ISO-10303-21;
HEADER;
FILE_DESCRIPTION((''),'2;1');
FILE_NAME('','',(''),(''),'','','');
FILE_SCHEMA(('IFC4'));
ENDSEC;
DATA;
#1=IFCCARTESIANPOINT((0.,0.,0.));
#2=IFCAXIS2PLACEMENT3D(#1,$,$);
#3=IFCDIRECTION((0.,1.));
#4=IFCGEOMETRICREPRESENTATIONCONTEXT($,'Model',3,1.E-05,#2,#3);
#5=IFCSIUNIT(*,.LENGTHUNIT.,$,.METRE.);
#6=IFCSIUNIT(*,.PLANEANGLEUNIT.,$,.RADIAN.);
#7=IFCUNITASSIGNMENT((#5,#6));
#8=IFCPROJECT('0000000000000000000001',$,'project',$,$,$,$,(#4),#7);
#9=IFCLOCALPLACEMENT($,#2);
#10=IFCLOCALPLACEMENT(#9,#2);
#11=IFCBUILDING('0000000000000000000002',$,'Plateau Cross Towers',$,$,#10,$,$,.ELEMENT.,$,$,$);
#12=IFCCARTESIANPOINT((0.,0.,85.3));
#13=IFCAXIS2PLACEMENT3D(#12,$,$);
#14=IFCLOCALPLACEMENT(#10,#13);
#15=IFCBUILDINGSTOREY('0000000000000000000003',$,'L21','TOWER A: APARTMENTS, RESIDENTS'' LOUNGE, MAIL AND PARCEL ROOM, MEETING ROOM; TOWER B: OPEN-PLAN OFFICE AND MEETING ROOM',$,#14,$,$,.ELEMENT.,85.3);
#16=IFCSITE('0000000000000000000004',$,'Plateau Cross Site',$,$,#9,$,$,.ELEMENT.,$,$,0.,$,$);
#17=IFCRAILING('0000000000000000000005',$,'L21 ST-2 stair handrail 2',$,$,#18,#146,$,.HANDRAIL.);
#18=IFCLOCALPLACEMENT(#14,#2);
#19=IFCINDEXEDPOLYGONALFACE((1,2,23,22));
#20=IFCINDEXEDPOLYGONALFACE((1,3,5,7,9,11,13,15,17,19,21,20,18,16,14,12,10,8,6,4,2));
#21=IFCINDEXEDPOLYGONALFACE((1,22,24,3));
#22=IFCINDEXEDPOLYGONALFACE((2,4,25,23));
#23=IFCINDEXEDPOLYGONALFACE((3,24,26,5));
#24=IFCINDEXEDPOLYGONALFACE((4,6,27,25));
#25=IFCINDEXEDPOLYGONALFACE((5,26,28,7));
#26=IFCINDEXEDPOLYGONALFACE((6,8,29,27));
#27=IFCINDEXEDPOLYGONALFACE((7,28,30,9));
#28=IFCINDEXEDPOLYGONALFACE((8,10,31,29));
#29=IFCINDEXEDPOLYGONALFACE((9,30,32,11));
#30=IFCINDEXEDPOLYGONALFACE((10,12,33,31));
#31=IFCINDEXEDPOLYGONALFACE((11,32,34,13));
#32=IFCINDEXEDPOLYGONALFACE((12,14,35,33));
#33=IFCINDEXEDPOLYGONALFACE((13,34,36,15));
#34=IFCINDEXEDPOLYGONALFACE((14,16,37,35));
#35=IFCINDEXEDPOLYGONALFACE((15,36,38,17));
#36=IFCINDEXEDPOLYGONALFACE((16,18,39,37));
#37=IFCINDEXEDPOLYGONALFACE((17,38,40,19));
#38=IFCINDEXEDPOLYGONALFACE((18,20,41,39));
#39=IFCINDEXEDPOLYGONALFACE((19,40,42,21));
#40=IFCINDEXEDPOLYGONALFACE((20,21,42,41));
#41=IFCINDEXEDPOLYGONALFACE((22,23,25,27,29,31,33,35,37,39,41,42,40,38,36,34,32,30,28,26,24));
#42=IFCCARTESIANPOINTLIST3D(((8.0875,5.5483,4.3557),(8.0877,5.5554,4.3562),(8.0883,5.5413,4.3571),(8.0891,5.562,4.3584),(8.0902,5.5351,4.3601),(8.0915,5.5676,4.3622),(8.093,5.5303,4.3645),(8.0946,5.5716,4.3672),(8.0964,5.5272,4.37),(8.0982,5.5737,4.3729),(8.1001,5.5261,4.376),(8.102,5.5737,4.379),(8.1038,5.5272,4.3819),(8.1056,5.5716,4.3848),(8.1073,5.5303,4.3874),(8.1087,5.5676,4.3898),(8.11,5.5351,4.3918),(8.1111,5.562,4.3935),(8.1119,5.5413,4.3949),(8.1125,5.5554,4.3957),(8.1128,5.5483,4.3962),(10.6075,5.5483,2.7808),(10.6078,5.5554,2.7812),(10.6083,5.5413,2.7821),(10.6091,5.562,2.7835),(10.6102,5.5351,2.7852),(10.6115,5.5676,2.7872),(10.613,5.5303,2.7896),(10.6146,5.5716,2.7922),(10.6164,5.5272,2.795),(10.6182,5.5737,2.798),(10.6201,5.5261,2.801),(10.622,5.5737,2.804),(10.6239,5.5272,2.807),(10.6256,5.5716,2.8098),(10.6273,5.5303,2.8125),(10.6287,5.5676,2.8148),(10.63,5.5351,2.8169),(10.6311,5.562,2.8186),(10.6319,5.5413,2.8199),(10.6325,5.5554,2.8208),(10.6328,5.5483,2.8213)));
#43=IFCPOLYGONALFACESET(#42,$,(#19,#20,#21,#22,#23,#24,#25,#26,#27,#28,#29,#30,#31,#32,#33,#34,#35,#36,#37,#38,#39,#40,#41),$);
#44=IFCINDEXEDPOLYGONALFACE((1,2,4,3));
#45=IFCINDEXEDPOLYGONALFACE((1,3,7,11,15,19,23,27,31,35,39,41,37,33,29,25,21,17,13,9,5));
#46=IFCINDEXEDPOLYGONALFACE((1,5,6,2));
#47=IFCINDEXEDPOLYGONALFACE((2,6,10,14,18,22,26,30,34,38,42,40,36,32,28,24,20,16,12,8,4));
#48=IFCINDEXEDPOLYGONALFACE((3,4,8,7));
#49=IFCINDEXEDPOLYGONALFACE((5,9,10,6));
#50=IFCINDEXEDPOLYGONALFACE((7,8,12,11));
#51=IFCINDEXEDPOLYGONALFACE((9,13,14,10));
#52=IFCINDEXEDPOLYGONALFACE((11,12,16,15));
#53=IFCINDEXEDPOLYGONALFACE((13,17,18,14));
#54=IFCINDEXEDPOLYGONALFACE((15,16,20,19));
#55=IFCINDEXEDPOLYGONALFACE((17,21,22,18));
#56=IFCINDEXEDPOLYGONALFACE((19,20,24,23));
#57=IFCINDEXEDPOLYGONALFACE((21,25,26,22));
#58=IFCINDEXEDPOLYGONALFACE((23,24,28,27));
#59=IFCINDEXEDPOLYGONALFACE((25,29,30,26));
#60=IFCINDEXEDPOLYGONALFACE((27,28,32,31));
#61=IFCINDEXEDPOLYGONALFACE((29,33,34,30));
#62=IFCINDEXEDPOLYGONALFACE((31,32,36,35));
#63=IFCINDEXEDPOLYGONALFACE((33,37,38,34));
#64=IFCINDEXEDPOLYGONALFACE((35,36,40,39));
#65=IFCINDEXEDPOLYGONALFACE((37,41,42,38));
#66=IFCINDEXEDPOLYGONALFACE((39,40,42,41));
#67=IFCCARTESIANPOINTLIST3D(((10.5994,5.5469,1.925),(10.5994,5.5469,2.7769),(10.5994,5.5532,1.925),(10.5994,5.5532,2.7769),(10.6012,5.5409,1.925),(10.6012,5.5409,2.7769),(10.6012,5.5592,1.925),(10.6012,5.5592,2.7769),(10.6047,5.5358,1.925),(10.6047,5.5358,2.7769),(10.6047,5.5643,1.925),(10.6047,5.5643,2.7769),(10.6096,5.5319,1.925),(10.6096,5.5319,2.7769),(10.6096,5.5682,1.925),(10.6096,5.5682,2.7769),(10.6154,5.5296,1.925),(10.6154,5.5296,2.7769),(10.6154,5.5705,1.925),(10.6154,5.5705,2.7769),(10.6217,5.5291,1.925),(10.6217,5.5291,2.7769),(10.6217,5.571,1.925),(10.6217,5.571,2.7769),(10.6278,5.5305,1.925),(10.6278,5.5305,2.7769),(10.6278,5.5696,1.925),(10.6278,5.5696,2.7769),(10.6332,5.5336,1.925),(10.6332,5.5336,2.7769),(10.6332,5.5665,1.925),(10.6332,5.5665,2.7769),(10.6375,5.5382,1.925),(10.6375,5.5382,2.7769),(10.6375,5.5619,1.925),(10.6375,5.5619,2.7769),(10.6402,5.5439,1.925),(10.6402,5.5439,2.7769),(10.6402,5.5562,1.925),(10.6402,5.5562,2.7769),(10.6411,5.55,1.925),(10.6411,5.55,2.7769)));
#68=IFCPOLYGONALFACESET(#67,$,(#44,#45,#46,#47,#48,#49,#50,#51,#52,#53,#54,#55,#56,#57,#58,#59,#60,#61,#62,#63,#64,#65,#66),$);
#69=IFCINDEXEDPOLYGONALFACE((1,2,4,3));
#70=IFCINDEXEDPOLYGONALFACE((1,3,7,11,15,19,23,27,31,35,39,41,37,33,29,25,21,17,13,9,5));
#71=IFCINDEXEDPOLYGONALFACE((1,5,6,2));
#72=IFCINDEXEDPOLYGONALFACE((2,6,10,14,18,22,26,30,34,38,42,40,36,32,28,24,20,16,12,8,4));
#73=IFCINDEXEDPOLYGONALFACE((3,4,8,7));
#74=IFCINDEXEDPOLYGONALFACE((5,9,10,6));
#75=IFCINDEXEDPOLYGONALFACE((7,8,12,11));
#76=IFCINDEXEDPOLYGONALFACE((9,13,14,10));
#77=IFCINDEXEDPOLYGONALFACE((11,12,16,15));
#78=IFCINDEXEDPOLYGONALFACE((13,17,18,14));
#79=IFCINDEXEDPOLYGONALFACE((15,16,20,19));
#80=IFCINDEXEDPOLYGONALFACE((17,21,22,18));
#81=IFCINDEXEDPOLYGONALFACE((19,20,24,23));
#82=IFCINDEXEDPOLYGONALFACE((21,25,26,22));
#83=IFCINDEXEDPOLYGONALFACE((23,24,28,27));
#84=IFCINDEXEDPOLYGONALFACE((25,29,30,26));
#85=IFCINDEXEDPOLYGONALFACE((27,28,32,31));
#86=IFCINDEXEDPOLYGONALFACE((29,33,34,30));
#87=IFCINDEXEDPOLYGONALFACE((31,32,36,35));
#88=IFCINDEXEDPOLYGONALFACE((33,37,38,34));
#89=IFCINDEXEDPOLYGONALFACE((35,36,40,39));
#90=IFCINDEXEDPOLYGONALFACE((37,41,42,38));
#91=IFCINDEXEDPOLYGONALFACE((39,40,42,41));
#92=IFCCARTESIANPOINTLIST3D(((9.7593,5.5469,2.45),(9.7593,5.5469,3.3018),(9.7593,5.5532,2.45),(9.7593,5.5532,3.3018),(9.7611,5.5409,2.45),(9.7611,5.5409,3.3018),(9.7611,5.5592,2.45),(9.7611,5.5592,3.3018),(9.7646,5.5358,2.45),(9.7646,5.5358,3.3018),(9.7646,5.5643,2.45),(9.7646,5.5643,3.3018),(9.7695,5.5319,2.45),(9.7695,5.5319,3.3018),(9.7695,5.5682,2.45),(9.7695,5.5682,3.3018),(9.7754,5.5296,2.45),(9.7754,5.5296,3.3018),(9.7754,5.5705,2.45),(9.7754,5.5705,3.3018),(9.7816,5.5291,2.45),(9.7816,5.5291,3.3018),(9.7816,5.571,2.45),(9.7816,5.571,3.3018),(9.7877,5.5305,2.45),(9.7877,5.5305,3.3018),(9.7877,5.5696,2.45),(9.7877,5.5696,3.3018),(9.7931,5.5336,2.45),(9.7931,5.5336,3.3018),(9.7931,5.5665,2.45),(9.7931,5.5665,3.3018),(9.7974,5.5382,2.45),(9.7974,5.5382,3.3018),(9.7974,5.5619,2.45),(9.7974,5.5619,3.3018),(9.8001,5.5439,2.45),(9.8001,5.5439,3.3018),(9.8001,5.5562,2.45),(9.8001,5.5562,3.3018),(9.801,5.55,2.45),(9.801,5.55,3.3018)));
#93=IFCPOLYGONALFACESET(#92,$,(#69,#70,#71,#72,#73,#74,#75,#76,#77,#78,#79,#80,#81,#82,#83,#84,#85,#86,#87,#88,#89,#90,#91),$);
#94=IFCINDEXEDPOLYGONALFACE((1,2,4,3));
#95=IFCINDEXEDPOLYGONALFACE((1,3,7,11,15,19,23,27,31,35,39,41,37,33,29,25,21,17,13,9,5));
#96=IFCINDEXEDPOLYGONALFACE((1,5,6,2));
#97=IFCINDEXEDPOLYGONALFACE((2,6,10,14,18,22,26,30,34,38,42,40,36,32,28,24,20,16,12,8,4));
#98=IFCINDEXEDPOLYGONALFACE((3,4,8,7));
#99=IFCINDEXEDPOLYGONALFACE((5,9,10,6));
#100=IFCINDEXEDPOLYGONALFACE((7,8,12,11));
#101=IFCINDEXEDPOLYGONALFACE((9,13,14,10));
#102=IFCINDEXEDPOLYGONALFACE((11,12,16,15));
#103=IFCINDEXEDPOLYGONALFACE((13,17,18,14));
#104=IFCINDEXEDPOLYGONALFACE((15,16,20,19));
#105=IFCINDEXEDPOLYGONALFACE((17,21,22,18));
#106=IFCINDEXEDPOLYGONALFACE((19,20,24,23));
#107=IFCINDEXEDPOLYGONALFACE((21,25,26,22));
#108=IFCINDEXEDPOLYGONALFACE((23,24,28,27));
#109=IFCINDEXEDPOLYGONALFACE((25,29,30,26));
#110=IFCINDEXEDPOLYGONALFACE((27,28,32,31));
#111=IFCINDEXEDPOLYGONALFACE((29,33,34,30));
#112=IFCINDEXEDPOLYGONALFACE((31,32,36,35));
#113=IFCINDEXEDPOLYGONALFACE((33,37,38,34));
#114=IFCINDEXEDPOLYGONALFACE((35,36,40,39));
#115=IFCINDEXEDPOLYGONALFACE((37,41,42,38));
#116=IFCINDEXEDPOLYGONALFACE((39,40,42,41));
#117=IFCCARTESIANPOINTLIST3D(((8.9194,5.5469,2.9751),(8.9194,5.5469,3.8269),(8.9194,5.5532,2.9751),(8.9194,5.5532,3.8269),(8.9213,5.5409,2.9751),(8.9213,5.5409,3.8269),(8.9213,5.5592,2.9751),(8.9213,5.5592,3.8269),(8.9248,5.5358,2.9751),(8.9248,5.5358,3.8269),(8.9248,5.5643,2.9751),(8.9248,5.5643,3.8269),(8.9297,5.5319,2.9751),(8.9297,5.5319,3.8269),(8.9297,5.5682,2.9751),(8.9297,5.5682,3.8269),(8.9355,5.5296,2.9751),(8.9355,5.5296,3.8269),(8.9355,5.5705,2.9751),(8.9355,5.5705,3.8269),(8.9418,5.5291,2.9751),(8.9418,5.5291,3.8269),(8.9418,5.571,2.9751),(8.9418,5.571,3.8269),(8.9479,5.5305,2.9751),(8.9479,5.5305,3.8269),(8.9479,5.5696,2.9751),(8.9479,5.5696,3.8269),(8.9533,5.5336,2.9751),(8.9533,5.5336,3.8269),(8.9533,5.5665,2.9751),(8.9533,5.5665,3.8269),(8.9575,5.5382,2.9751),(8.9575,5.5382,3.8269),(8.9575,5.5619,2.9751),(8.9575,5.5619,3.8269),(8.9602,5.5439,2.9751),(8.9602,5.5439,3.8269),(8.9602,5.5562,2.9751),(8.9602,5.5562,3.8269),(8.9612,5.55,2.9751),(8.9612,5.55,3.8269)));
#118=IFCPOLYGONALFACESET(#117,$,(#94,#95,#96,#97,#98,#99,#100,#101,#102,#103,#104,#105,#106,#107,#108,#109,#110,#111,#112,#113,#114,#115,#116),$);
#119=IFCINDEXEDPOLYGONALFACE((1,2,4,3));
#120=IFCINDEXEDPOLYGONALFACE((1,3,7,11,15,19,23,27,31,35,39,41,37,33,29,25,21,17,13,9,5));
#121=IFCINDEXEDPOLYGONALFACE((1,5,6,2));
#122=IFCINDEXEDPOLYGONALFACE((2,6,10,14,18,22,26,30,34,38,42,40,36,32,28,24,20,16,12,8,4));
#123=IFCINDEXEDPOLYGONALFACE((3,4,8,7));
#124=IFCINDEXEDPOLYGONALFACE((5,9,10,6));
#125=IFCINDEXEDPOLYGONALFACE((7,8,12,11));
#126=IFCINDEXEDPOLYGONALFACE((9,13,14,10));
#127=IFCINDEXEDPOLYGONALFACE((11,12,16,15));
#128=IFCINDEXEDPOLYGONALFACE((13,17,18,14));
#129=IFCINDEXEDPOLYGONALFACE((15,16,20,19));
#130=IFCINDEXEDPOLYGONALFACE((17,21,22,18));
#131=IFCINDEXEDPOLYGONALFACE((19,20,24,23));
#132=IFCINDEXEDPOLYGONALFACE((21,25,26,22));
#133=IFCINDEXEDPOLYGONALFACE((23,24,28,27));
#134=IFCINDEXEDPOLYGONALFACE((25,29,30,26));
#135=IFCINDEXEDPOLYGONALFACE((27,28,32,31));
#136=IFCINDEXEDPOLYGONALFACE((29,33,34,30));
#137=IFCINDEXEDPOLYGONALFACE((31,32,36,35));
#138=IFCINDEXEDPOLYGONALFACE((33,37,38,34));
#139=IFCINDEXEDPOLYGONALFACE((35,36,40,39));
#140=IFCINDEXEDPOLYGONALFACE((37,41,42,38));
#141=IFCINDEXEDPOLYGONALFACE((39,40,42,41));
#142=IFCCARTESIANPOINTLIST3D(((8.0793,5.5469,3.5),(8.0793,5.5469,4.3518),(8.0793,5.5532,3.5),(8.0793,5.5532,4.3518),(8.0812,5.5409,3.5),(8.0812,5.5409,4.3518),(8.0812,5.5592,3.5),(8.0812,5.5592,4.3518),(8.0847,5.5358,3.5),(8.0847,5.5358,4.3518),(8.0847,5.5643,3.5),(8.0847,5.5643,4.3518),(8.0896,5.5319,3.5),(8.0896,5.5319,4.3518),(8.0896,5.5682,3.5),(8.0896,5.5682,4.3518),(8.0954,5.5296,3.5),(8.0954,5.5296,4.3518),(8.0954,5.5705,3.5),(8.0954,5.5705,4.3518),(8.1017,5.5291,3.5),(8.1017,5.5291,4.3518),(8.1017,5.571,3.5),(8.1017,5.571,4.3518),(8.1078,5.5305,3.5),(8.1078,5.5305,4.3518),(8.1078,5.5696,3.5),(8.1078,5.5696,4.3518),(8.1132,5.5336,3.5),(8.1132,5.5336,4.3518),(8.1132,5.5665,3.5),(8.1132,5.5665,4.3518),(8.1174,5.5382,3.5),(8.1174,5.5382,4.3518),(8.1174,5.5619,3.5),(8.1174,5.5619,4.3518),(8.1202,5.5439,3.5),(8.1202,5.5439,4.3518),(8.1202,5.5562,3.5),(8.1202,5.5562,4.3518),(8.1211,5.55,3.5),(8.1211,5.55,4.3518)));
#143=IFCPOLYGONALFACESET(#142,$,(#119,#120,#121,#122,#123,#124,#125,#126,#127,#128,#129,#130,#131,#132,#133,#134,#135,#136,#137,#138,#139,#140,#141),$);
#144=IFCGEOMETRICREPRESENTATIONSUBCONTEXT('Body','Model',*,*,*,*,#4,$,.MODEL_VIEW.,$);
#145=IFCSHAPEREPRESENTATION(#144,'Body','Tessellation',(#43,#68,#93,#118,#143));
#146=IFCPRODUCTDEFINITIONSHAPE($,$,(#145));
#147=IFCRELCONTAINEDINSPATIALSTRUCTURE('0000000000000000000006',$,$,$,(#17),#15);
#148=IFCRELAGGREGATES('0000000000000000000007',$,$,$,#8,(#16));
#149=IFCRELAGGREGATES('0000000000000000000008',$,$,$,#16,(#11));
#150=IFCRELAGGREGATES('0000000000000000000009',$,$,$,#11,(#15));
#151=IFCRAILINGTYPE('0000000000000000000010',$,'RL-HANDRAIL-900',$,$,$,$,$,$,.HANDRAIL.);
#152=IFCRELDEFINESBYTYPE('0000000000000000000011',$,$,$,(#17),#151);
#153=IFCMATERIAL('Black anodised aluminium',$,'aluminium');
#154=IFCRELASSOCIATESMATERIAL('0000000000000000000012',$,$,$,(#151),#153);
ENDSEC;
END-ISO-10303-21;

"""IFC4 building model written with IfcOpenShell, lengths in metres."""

from ifc_helpers import new_model, si_unit, direction, frame, origin, origin_2d, place, context, subcontext, project, spatial, circle, extrude, material, type_object, element, save


model = new_model("IFC4")

# Units and contexts
model_context = context("Model", 3, precision=1e-05, world=origin(), true_north=direction((0.0, 1.0)))
body_context = subcontext(model_context, "Body", "Model", "MODEL_VIEW")
ifc_project = project(units=[si_unit("LENGTHUNIT", "METRE"), si_unit("PLANEANGLEUNIT", "RADIAN")], contexts=[model_context])

# Site, building, storey
site_placement = place(None, origin())
site = spatial("IfcSite", under=ifc_project, at=site_placement, Name="Plateau Cross Site", CompositionType="ELEMENT", RefElevation=0.0)
building_placement = place(site_placement, origin())
building = spatial("IfcBuilding", under=site, at=building_placement, Name="Plateau Cross Towers", CompositionType="ELEMENT")
storey_placement = place(building_placement, frame((0.0, 0.0, 85.3)))
storey = spatial("IfcBuildingStorey", under=building, at=storey_placement, Name="L21", Description="TOWER A: APARTMENTS, RESIDENTS' LOUNGE, MAIL AND PARCEL ROOM, MEETING ROOM; TOWER B: OPEN-PLAN OFFICE AND MEETING ROOM", CompositionType="ELEMENT", Elevation=85.3)

# Railing
ifc_material_1 = material(Name="Black anodised aluminium", Category="aluminium")
railing_type_1 = type_object("IfcRailingType", Name="RL-HANDRAIL-900", PredefinedType="HANDRAIL", material=ifc_material_1)
railing_1_placement = place(storey_placement, frame((10.6201, 5.55, 1.925)))
element("IfcRailing", 1, at=railing_1_placement, inside=storey, type_object=railing_type_1, Name="L21 ST-2 stair handrail 2", PredefinedType="HANDRAIL", context=body_context, shape_type="SweptSolid", body=[
    extrude(circle(Radius=0.0239, at=origin_2d()), frame((0.0, 0.0, 0.876), z_axis=(-0.848008, 0.0, 0.529984), x_axis=(0.0, -1.0, 0.0)), (0.0, 0.0, 1.0), 2.9717),
    extrude(circle(Radius=0.021, at=origin_2d()), origin(), (0.0, 0.0, 1.0), 0.8518),
    extrude(circle(Radius=0.021, at=origin_2d()), frame((-0.8401, 0.0, 0.5249)), (0.0, 0.0, 1.0), 0.8518),
    extrude(circle(Radius=0.021, at=origin_2d()), frame((-1.6799, 0.0, 1.05)), (0.0, 0.0, 1.0), 0.8518),
    extrude(circle(Radius=0.021, at=origin_2d()), frame((-2.52, 0.0, 1.575)), (0.0, 0.0, 1.0), 0.8518),
])

save(model, "model.ifc")
